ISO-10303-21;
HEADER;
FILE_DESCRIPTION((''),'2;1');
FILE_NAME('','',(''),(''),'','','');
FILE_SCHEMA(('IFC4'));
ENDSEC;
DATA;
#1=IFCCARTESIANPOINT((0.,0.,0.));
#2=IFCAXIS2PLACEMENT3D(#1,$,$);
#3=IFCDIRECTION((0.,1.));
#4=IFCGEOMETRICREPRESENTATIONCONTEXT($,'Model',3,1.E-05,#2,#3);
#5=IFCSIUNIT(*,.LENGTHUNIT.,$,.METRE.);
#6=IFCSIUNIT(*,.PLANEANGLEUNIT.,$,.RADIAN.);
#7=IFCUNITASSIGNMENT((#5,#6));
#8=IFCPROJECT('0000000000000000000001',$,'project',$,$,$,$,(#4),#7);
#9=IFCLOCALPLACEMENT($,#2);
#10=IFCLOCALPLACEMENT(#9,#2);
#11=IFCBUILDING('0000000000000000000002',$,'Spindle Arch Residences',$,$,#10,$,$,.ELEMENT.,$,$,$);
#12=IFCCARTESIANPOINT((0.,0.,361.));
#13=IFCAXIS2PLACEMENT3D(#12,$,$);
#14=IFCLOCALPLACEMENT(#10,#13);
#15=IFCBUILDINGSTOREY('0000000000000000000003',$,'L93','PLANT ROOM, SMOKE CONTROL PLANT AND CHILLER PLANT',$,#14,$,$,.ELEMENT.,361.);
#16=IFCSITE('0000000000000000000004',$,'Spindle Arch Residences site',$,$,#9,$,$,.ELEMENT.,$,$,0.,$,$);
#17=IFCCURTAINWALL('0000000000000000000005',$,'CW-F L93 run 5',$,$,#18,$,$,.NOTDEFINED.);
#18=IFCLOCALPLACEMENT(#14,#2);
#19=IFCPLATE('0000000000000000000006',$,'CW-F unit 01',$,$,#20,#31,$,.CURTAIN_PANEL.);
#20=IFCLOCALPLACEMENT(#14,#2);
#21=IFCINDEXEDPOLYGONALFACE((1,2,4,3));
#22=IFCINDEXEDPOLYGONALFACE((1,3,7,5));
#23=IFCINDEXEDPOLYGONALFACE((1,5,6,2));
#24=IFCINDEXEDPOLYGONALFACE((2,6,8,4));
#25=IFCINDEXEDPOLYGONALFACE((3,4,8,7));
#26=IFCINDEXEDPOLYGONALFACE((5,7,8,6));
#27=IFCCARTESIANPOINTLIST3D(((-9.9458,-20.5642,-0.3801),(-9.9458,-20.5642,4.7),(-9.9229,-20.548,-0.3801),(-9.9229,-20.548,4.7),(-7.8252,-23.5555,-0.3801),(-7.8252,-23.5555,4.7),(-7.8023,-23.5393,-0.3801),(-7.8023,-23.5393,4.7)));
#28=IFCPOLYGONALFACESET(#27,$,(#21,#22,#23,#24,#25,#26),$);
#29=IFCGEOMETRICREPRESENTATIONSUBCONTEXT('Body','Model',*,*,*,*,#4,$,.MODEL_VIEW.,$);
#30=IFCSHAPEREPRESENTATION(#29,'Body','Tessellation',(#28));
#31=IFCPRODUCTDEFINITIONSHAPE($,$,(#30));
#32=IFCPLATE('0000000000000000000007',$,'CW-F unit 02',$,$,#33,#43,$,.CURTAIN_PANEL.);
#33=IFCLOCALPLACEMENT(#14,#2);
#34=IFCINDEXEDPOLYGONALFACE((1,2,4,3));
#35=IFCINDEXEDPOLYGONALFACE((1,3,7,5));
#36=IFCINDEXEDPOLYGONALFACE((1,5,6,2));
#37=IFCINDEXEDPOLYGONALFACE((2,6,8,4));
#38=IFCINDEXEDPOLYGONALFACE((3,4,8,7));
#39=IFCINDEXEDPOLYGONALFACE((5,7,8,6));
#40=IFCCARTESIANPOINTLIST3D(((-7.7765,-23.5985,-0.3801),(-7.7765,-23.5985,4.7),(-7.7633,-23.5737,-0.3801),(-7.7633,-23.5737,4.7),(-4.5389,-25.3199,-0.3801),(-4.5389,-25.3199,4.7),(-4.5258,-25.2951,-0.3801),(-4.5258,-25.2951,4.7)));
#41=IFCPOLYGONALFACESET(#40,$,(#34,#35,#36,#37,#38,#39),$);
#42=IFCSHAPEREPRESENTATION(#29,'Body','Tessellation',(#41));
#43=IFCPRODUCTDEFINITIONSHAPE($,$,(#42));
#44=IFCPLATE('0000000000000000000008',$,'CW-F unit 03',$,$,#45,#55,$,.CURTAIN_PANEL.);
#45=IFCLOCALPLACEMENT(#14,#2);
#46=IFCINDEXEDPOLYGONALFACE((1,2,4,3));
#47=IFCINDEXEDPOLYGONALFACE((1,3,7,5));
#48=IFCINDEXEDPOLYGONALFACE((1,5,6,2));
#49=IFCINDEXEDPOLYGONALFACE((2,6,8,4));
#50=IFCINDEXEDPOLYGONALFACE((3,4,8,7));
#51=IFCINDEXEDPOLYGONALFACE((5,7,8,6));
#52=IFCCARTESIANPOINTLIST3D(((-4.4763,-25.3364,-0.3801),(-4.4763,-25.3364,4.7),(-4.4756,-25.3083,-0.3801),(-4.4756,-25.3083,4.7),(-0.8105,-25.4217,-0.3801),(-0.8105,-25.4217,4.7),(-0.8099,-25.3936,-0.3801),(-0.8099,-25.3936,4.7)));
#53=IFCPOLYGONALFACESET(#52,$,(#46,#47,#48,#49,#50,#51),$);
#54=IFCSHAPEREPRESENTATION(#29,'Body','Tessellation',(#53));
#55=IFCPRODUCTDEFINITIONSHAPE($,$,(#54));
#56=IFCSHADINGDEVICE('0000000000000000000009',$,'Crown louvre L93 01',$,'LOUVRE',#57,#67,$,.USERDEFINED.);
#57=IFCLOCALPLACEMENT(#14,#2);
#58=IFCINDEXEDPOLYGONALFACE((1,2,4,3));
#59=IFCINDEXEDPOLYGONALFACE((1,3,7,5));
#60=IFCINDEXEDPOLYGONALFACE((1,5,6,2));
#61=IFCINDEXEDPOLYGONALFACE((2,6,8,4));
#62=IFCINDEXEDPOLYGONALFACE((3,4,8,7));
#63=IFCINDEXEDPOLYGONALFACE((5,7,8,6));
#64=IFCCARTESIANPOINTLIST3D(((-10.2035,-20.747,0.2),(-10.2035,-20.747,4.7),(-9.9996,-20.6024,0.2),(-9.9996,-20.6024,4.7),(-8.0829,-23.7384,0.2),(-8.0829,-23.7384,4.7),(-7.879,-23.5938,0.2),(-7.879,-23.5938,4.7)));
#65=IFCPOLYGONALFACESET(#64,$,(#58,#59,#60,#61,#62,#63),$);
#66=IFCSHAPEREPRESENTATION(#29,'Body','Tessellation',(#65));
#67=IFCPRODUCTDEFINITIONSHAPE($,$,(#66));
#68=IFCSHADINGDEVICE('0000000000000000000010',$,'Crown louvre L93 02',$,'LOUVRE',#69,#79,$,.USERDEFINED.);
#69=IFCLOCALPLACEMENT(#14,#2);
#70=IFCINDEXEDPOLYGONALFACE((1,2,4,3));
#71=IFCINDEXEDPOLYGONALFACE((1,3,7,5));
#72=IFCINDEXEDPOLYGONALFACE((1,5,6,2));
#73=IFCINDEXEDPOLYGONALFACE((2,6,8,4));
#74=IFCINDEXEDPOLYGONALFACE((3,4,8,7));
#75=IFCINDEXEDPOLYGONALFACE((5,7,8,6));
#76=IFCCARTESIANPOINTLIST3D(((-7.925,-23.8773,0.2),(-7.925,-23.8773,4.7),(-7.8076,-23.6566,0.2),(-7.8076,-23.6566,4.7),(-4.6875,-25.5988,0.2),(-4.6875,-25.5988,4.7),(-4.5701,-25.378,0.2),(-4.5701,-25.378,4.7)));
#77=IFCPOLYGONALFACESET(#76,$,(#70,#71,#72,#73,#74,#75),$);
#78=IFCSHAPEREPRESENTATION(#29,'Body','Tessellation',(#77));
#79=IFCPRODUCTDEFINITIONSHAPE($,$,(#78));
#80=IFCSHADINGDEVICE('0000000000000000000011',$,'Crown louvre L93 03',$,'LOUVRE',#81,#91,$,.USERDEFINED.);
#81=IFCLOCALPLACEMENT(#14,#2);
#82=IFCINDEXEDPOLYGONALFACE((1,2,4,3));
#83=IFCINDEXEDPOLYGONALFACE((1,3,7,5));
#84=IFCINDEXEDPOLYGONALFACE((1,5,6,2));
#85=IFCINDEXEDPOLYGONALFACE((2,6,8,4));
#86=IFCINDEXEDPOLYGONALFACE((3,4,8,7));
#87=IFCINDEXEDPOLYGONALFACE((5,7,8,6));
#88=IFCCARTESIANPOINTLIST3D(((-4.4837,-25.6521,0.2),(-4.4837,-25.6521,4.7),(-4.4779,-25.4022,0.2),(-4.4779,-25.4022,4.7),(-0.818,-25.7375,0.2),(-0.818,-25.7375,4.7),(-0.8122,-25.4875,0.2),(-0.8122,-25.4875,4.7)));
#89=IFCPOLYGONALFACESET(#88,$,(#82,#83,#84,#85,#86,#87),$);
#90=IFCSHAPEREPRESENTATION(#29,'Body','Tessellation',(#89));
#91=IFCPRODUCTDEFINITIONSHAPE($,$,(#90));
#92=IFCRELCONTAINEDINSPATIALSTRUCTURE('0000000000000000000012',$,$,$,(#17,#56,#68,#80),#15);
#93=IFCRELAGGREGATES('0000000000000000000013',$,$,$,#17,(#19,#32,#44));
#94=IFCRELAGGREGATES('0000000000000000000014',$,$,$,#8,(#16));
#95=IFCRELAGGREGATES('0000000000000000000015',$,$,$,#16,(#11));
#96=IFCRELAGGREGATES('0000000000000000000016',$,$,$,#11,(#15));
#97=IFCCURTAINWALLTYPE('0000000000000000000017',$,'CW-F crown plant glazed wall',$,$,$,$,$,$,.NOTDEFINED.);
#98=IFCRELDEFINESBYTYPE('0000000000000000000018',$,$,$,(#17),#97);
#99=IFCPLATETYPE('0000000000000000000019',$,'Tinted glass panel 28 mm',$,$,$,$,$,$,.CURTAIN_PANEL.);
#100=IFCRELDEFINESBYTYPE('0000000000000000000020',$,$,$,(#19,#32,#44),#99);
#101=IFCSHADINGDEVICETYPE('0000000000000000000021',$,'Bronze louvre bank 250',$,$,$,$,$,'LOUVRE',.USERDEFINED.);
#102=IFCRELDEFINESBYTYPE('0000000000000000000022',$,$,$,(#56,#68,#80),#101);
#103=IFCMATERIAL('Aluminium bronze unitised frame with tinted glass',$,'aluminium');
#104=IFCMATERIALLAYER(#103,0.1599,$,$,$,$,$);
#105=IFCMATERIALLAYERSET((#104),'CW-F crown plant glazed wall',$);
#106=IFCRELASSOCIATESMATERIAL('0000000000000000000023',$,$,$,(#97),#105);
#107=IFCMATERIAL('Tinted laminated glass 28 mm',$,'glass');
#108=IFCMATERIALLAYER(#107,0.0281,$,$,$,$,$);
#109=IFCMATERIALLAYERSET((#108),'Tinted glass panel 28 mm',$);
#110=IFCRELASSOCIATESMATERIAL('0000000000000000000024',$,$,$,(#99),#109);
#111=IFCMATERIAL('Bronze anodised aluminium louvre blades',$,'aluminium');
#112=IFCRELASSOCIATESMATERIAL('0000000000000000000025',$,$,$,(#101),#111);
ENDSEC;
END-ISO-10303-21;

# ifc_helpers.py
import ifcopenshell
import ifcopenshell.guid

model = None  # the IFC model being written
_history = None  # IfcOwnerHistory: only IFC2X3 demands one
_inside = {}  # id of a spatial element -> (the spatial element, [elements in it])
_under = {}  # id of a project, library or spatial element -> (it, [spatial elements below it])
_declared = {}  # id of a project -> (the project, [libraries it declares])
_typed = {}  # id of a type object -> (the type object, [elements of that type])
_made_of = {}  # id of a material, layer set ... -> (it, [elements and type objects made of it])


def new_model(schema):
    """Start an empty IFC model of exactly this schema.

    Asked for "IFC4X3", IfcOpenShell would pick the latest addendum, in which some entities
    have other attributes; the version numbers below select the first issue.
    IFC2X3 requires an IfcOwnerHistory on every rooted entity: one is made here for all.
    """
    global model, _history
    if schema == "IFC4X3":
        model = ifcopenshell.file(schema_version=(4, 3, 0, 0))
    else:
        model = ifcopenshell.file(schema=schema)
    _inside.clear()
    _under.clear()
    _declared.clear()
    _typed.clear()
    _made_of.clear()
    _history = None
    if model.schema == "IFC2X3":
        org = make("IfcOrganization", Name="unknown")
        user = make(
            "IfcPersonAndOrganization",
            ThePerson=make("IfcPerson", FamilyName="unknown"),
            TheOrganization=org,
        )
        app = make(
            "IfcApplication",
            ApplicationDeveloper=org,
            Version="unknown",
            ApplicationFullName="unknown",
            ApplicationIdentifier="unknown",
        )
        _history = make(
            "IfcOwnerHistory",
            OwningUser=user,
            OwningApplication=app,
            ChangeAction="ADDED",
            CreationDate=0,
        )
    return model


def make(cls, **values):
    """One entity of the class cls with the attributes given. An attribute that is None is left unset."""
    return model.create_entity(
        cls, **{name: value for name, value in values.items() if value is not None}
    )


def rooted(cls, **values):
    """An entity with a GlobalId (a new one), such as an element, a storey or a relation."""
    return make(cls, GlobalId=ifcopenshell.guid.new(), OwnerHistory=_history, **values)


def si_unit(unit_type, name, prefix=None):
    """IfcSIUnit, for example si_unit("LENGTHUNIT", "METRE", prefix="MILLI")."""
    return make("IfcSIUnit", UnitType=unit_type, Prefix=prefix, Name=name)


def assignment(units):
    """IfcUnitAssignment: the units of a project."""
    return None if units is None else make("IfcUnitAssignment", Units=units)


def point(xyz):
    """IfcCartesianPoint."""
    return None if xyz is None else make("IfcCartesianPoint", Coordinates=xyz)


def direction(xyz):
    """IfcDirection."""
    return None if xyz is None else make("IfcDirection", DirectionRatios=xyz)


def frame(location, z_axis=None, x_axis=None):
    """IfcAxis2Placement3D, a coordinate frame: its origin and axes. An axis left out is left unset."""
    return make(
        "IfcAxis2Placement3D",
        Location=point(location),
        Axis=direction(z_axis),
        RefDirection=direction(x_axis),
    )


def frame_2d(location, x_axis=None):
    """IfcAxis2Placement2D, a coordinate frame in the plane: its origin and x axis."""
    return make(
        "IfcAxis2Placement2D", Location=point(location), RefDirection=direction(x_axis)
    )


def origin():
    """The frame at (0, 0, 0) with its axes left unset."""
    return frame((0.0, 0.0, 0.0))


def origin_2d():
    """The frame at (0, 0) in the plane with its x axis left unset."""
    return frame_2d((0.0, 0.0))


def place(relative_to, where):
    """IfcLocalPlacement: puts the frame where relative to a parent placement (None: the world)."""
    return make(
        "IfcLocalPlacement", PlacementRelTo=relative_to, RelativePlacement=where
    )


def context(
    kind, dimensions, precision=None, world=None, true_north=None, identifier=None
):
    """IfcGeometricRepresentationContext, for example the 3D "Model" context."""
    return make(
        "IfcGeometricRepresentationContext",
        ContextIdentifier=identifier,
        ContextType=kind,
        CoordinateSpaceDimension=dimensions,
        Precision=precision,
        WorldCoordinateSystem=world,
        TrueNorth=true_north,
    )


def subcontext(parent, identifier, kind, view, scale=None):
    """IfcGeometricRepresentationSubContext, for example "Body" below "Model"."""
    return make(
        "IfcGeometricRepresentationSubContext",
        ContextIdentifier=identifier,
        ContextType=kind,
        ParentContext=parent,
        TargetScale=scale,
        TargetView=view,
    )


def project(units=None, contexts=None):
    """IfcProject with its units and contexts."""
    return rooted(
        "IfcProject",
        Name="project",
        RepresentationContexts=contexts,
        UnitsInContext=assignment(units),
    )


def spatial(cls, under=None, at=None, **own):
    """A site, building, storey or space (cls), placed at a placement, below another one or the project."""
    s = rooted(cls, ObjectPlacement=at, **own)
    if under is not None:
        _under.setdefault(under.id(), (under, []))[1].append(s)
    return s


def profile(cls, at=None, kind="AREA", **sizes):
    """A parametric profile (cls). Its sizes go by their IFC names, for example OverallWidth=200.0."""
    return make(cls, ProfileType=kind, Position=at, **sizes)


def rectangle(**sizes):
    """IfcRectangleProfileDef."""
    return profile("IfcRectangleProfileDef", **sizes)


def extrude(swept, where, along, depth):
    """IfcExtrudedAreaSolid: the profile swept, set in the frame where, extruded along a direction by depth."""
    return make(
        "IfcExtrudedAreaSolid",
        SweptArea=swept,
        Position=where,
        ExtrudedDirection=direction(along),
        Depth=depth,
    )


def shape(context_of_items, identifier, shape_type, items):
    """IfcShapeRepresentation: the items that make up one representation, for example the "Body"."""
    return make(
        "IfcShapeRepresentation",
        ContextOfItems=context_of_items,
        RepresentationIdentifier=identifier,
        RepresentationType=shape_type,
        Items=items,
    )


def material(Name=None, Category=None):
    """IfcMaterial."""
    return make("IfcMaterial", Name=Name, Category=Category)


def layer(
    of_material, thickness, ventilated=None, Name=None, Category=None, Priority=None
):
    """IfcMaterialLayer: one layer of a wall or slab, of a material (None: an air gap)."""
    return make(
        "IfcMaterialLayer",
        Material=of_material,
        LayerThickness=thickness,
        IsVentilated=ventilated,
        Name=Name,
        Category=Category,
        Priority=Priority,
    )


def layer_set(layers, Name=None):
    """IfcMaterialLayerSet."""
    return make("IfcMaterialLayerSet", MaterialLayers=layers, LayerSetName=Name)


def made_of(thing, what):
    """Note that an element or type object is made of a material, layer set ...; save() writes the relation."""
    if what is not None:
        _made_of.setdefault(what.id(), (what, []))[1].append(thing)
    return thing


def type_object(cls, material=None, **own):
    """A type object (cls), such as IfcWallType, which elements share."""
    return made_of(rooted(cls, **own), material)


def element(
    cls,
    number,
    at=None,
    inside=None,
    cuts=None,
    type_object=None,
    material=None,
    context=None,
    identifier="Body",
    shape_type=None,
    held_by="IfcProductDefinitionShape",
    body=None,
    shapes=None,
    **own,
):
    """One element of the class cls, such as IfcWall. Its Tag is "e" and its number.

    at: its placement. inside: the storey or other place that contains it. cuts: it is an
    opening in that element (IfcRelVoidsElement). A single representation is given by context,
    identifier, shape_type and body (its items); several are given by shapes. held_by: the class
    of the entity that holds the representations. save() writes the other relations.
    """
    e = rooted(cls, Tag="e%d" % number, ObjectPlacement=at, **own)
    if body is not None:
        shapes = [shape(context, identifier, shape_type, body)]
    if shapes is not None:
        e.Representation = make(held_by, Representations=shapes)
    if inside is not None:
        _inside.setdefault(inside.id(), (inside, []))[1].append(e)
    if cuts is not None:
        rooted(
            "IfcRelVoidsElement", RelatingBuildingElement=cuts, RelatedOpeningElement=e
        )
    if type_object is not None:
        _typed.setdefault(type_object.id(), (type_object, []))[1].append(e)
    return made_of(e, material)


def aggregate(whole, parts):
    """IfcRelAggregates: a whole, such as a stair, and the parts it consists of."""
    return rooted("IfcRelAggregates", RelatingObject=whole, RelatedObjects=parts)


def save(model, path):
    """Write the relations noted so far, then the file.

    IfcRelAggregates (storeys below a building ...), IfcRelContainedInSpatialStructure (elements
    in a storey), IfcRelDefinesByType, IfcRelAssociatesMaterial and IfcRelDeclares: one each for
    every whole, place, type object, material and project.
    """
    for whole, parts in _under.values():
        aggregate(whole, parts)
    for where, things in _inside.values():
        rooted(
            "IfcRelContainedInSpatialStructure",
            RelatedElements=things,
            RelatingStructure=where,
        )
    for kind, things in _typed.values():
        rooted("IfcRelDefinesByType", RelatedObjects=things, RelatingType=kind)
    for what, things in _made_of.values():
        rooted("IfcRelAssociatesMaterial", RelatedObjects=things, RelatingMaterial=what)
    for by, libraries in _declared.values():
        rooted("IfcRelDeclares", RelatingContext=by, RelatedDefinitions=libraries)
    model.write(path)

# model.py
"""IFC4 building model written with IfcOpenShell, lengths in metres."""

from ifc_helpers import new_model, si_unit, direction, frame, origin, origin_2d, place, context, subcontext, project, spatial, rectangle, extrude, material, layer, layer_set, type_object, element, aggregate, save


model = new_model("IFC4")

# Units and contexts
model_context = context("Model", 3, precision=1e-05, world=origin(), true_north=direction((0.0, 1.0)))
body_context = subcontext(model_context, "Body", "Model", "MODEL_VIEW")
ifc_project = project(units=[si_unit("LENGTHUNIT", "METRE"), si_unit("PLANEANGLEUNIT", "RADIAN")], contexts=[model_context])

# Site, building, storey
site_placement = place(None, origin())
site = spatial("IfcSite", under=ifc_project, at=site_placement, Name="Spindle Arch Residences site", CompositionType="ELEMENT", RefElevation=0.0)
building_placement = place(site_placement, origin())
building = spatial("IfcBuilding", under=site, at=building_placement, Name="Spindle Arch Residences", CompositionType="ELEMENT")
storey_placement = place(building_placement, frame((0.0, 0.0, 361.0)))
storey = spatial("IfcBuildingStorey", under=building, at=storey_placement, Name="L93", Description="PLANT ROOM, SMOKE CONTROL PLANT AND CHILLER PLANT", CompositionType="ELEMENT", Elevation=361.0)

# Curtain wall
ifc_material_1 = material(Name="Aluminium bronze unitised frame with tinted glass", Category="aluminium")
ifc_layer_1 = layer(ifc_material_1, 0.1599)
ifc_layer_set_1 = layer_set([ifc_layer_1], Name="CW-F crown plant glazed wall")
curtain_wall_type = type_object("IfcCurtainWallType", Name="CW-F crown plant glazed wall", PredefinedType="NOTDEFINED", material=ifc_layer_set_1)
curtain_wall_placement = place(storey_placement, origin())
curtain_wall = element("IfcCurtainWall", 1, at=curtain_wall_placement, inside=storey, type_object=curtain_wall_type, Name="CW-F L93 run 5", PredefinedType="NOTDEFINED")

# Plates
ifc_material_2 = material(Name="Tinted laminated glass 28 mm", Category="glass")
ifc_layer_2 = layer(ifc_material_2, 0.0281)
ifc_layer_set_2 = layer_set([ifc_layer_2], Name="Tinted glass panel 28 mm")
plate_type = type_object("IfcPlateType", Name="Tinted glass panel 28 mm", PredefinedType="CURTAIN_PANEL", material=ifc_layer_set_2)
plate_1_placement = place(storey_placement, frame((-8.874, -22.0518, -0.3801), z_axis=(0.0, 0.0, 1.0), x_axis=(0.578332, -0.815801, 0.0)))
plate_1 = element("IfcPlate", 2, at=plate_1_placement, type_object=plate_type, Name="CW-F unit 01", PredefinedType="CURTAIN_PANEL", context=body_context, shape_type="SweptSolid", body=[
    extrude(rectangle(XDim=3.6667, YDim=0.0281, at=origin_2d()), origin(), (0.0, 0.0, 1.0), 5.0801),
])
plate_2_placement = place(storey_placement, frame((-6.1511, -24.4468, -0.3801), z_axis=(0.0, 0.0, 1.0), x_axis=(0.882948, -0.469472, 0.0)))
plate_2 = element("IfcPlate", 3, at=plate_2_placement, type_object=plate_type, Name="CW-F unit 02", PredefinedType="CURTAIN_PANEL", context=body_context, shape_type="SweptSolid", body=[
    extrude(rectangle(XDim=3.6667, YDim=0.0281, at=origin_2d()), origin(), (0.0, 0.0, 1.0), 5.0801),
])
plate_3_placement = place(storey_placement, frame((-2.6431, -25.365, -0.3801), z_axis=(0.0, 0.0, 1.0), x_axis=(0.999729, -0.023269, 0.0)))
plate_3 = element("IfcPlate", 4, at=plate_3_placement, type_object=plate_type, Name="CW-F unit 03", PredefinedType="CURTAIN_PANEL", context=body_context, shape_type="SweptSolid", body=[
    extrude(rectangle(XDim=3.6667, YDim=0.0281, at=origin_2d()), origin(), (0.0, 0.0, 1.0), 5.0801),
])
aggregate(curtain_wall, [plate_1, plate_2, plate_3])

# Shading devices
ifc_material_3 = material(Name="Bronze anodised aluminium louvre blades", Category="aluminium")
shading_device_type = type_object("IfcShadingDeviceType", Name="Bronze louvre bank 250", ElementType="LOUVRE", PredefinedType="USERDEFINED", material=ifc_material_3)
for number, where, z_axis, x_axis, name in (
    (5, (-9.0413, -22.1704, 0.2), (0.0, 0.0, 1.0), (0.578332, -0.815801, 0.0), "Crown louvre L93 01"),
    (6, (-6.2476, -24.6277, 0.2), (0.0, 0.0, 1.0), (0.882948, -0.469472, 0.0), "Crown louvre L93 02"),
    (7, (-2.6479, -25.5698, 0.2), (0.0, 0.0, 1.0), (0.999729, -0.023269, 0.0), "Crown louvre L93 03"),
):
    element("IfcShadingDevice", number, at=place(storey_placement, frame(where, z_axis=z_axis, x_axis=x_axis)), inside=storey, type_object=shading_device_type, Name=name, ObjectType="LOUVRE", PredefinedType="USERDEFINED", context=body_context, shape_type="SweptSolid", body=[
        extrude(rectangle(XDim=3.6667, YDim=0.25, at=origin_2d()), origin(), (0.0, 0.0, 1.0), 4.5),
    ])

save(model, "model.ifc")
